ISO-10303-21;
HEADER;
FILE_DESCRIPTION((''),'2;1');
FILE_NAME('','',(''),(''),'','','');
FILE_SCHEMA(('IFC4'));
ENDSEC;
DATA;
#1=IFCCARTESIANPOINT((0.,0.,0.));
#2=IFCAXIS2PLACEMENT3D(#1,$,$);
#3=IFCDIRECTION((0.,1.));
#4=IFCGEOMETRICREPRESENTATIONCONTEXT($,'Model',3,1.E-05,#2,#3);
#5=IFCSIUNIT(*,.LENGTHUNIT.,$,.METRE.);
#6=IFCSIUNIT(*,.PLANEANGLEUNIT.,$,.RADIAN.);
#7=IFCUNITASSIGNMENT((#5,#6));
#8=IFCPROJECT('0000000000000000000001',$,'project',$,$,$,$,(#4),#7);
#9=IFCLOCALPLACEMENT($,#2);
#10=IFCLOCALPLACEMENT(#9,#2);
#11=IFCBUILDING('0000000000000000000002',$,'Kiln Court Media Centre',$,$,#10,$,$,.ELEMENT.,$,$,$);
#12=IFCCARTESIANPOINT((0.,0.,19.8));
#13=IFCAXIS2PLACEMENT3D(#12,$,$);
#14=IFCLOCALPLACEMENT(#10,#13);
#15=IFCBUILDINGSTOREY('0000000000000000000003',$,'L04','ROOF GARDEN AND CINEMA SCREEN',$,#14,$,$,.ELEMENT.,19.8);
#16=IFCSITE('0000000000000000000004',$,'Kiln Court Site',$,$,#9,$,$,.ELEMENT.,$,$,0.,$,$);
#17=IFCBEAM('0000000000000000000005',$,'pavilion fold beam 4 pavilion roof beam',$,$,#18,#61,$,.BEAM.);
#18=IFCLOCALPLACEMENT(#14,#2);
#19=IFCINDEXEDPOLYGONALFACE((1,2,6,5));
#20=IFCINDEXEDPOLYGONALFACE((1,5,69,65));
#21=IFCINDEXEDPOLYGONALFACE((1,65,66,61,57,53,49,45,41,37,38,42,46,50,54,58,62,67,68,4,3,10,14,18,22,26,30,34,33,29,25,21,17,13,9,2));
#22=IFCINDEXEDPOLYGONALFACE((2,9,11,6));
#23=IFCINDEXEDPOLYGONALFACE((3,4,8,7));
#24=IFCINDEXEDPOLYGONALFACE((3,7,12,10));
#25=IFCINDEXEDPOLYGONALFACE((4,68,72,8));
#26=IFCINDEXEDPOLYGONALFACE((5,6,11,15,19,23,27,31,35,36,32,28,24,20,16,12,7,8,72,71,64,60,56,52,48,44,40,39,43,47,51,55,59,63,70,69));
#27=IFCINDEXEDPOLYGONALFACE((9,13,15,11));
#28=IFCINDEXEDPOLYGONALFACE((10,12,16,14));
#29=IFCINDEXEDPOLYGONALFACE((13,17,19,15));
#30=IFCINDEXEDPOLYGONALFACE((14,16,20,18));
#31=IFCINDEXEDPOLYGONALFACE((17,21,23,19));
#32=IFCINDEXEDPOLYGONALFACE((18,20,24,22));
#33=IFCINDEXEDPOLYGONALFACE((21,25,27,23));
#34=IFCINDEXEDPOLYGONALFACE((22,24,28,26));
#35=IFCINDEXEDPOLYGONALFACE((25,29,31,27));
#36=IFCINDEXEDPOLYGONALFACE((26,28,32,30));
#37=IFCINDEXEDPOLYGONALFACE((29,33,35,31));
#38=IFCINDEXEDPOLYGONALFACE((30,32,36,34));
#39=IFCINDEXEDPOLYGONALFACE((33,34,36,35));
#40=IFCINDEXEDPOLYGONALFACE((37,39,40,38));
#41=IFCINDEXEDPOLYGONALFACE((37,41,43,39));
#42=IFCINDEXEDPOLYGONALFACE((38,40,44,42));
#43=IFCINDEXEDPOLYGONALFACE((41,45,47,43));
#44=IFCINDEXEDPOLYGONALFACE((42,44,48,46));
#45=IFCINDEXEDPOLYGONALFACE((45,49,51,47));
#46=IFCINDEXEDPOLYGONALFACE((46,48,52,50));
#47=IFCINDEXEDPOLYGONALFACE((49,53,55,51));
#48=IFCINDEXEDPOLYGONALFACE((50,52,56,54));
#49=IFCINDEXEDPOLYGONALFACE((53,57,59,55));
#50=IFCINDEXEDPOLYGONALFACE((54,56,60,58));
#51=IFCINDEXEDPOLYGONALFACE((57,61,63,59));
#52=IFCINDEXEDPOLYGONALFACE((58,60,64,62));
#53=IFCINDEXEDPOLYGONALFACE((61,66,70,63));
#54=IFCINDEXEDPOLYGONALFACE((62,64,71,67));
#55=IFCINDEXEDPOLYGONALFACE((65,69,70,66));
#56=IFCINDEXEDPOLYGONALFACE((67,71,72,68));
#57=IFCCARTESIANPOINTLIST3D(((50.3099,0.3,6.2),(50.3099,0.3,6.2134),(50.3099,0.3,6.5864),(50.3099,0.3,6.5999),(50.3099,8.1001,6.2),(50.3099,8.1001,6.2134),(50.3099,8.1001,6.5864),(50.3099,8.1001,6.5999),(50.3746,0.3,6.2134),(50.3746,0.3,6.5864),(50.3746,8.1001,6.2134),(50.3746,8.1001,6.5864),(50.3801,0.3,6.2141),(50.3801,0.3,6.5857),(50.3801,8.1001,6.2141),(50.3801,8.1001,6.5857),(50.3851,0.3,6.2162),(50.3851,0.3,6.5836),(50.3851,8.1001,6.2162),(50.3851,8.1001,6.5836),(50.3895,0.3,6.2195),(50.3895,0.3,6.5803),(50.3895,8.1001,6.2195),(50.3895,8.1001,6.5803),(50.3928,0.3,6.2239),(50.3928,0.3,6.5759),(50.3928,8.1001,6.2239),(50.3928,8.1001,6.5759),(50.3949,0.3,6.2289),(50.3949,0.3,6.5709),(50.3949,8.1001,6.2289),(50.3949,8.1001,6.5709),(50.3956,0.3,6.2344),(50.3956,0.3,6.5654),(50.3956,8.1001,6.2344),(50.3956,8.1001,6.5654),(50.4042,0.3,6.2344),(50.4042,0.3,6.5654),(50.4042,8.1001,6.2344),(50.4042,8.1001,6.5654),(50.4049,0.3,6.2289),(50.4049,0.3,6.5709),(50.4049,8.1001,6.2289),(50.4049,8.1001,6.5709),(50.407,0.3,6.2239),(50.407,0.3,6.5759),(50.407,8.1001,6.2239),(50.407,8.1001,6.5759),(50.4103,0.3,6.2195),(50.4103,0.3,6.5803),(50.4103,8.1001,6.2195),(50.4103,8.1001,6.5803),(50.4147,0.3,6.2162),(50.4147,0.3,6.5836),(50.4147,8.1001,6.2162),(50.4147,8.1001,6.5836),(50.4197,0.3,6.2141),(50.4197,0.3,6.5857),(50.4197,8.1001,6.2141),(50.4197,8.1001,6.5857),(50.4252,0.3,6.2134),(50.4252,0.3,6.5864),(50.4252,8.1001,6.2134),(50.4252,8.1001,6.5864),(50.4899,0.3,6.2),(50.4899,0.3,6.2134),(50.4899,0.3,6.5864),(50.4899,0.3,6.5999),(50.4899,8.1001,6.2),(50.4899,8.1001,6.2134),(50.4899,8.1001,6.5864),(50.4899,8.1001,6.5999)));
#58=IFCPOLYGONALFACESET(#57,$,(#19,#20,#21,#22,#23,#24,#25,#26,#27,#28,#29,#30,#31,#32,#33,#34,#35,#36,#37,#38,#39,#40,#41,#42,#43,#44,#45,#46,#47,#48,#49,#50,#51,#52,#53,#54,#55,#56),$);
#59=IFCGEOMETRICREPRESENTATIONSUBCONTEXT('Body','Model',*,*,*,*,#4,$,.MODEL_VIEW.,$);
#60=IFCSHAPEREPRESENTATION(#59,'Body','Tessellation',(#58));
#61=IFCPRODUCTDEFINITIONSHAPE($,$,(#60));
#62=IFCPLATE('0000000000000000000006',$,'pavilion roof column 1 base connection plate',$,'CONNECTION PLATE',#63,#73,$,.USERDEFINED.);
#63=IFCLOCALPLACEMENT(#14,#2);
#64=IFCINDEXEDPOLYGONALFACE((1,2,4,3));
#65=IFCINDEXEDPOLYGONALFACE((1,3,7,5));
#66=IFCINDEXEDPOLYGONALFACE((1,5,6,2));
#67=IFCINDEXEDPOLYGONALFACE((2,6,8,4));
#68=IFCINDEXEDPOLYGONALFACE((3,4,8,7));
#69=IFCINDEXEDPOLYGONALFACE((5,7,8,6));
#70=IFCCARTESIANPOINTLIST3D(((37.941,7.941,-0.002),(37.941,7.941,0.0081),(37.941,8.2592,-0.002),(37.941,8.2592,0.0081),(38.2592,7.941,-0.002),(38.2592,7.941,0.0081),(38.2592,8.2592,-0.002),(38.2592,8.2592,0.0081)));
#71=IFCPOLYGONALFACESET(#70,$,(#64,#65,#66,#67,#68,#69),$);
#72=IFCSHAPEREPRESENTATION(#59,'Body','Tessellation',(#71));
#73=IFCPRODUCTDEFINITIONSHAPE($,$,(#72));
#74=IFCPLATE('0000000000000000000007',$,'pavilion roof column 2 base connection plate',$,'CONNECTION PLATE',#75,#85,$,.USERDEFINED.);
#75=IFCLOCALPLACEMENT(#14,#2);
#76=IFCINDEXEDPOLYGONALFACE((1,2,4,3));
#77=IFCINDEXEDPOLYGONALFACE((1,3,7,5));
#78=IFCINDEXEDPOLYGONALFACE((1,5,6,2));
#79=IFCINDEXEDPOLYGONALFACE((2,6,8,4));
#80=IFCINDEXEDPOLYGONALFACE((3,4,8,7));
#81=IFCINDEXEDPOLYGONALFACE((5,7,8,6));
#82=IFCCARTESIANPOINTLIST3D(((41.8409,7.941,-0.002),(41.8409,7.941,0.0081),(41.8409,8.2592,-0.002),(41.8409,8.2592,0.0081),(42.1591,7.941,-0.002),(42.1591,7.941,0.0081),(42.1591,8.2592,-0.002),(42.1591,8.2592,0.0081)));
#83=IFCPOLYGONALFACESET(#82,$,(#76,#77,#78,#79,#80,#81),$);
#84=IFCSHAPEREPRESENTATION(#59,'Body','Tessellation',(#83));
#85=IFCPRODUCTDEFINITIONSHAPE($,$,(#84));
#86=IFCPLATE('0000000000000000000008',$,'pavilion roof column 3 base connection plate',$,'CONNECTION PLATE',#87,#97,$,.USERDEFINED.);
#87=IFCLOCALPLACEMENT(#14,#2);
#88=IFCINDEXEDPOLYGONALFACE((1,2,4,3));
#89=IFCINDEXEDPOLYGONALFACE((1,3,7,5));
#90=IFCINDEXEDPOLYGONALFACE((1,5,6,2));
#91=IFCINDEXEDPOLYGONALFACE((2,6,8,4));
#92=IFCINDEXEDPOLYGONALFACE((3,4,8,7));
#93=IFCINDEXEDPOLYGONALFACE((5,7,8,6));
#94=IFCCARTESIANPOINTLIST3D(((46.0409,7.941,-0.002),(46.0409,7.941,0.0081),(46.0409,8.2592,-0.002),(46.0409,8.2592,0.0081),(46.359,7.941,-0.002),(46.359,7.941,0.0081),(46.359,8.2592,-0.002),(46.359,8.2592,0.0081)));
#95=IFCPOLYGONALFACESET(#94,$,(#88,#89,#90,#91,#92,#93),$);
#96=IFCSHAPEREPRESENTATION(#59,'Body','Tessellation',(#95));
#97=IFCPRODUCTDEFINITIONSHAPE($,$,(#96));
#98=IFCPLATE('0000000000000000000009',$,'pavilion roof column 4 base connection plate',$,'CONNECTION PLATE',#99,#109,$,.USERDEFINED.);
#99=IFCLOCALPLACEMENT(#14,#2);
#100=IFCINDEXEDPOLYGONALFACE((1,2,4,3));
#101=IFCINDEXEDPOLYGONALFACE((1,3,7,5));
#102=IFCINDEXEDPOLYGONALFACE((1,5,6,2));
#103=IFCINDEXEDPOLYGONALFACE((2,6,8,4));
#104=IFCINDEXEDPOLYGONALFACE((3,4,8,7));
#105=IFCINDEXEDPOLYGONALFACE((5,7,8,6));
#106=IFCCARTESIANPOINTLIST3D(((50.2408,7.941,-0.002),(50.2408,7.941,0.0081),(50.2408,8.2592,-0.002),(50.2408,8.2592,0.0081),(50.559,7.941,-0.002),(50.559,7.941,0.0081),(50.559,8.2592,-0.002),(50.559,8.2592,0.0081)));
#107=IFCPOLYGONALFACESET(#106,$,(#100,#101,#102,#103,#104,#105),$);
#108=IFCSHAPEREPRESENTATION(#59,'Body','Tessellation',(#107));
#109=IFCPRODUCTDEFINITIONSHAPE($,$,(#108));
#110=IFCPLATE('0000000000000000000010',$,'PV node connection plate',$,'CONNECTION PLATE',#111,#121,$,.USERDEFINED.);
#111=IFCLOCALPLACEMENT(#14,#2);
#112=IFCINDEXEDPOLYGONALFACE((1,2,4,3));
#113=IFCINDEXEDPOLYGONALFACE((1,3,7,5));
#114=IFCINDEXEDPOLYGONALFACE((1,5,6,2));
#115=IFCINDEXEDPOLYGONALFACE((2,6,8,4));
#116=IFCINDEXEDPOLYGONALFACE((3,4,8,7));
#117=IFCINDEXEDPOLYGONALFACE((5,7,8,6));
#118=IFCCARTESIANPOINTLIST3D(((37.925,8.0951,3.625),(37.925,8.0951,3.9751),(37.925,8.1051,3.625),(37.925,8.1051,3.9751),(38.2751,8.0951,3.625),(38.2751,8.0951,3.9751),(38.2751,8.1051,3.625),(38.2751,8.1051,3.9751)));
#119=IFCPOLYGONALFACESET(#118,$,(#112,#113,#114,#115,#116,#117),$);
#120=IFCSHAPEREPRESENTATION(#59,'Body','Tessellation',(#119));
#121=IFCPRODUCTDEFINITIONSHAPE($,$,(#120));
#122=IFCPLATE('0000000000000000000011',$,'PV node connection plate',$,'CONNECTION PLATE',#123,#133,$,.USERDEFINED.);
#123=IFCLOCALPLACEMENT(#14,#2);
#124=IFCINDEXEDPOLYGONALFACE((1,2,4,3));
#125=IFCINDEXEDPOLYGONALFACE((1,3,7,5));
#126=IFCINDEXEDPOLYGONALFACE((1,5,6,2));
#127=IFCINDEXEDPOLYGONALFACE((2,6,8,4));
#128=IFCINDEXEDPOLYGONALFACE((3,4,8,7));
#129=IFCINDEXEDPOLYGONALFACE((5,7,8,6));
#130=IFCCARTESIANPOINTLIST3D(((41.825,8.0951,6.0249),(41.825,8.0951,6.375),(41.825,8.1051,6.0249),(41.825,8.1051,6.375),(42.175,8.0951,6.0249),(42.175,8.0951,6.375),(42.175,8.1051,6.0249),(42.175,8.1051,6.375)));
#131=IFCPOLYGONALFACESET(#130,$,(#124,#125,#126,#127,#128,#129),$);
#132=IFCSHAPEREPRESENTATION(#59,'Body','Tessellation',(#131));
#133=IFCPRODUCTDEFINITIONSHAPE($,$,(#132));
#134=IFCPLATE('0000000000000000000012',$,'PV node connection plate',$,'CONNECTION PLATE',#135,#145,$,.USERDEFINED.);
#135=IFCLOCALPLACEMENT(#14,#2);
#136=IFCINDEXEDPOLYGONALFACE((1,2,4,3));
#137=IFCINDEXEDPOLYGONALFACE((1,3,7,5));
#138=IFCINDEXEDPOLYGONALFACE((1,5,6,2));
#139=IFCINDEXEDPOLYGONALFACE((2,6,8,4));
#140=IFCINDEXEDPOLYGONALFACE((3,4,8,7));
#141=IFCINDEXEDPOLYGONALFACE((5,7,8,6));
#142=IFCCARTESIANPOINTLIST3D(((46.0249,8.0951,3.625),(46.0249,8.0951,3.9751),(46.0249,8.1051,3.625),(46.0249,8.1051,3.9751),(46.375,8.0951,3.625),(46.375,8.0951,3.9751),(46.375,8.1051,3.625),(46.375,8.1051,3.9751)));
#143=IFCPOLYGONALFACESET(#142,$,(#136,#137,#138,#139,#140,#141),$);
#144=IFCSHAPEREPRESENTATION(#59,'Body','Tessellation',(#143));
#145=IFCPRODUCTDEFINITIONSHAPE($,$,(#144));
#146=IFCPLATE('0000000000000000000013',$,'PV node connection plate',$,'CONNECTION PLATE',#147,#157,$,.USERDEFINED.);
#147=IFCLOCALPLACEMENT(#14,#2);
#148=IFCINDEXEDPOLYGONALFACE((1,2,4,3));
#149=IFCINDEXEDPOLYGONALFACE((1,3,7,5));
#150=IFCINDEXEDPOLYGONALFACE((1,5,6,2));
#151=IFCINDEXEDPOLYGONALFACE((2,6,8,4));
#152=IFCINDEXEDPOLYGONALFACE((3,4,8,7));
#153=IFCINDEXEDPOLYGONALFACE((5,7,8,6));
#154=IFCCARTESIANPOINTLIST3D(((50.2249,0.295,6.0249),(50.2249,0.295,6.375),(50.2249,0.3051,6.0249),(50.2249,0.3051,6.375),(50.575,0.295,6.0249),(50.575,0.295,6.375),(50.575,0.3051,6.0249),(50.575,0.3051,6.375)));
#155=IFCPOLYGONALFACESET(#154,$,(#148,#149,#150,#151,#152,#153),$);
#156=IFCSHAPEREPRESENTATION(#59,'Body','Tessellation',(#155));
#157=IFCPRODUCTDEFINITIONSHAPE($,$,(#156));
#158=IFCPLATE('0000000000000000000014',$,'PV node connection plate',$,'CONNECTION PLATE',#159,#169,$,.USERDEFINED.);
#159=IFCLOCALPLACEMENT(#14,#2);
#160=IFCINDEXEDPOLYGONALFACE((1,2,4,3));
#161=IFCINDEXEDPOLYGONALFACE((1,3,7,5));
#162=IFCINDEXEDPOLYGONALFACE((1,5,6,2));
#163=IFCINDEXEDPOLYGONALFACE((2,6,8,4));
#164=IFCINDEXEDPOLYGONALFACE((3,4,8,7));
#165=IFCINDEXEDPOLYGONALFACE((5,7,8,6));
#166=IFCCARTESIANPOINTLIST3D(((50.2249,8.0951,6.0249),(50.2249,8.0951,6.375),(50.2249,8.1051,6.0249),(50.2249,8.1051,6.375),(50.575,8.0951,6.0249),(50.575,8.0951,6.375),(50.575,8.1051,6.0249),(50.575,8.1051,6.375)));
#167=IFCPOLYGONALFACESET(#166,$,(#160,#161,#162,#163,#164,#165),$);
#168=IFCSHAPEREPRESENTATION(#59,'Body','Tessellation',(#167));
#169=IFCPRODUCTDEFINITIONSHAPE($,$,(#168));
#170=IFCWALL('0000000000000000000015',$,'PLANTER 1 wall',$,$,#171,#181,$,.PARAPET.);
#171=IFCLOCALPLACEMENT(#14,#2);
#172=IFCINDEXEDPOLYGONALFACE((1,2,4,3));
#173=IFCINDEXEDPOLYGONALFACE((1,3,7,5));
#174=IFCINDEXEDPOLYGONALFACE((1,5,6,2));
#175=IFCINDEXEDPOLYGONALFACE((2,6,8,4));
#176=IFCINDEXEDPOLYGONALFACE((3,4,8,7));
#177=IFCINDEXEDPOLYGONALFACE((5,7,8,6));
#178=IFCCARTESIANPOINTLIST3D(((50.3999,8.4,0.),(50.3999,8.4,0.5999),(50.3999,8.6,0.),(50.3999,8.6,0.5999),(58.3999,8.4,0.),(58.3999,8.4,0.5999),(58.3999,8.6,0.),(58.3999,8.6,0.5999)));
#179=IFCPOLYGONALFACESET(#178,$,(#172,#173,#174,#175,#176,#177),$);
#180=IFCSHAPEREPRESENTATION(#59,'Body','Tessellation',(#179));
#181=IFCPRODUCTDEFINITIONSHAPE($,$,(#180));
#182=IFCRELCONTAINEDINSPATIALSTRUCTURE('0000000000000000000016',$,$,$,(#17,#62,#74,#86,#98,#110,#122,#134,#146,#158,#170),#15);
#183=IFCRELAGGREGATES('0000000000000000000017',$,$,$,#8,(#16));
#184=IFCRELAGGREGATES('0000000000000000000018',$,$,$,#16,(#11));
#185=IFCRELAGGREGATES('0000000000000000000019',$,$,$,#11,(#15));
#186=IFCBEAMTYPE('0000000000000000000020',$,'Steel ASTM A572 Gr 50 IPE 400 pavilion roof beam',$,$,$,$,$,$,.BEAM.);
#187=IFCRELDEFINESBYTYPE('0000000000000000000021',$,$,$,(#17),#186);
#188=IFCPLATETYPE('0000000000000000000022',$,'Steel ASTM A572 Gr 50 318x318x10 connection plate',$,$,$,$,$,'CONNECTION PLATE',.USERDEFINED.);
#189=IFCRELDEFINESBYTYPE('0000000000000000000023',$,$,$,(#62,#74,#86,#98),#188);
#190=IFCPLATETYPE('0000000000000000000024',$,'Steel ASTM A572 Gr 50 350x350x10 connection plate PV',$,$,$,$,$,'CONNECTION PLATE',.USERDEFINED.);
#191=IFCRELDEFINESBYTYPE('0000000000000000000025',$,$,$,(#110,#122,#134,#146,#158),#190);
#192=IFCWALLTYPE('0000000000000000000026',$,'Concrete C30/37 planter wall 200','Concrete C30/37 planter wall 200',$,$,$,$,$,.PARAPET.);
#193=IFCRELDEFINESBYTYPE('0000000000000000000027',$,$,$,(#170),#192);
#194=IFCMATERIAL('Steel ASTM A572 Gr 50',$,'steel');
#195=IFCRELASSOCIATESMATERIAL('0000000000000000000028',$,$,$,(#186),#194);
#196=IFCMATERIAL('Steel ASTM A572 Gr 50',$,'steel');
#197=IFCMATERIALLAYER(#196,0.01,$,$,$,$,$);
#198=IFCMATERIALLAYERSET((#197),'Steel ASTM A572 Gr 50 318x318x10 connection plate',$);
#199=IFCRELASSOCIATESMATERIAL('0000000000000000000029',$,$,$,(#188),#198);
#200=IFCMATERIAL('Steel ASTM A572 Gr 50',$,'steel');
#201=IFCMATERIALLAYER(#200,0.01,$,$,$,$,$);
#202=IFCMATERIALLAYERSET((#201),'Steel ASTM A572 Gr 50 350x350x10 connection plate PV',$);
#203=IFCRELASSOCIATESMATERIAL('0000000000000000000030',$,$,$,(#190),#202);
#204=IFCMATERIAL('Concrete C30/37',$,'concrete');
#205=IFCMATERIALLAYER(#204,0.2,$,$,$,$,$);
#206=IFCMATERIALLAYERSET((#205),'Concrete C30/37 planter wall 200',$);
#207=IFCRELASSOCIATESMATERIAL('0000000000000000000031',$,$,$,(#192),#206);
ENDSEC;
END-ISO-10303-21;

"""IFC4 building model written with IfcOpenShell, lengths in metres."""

from ifc_helpers import new_model, si_unit, direction, frame, frame_2d, origin, origin_2d, place, context, subcontext, project, spatial, rectangle, i_section, extrude, material, layer, layer_set, material_profile, profile_set, type_object, element, save


model = new_model("IFC4")

# Units and contexts
model_context = context("Model", 3, precision=1e-05, world=origin(), true_north=direction((0.0, 1.0)))
body_context = subcontext(model_context, "Body", "Model", "MODEL_VIEW")
ifc_project = project(units=[si_unit("LENGTHUNIT", "METRE"), si_unit("PLANEANGLEUNIT", "RADIAN")], contexts=[model_context])

# Site, building, storey
site_placement = place(None, origin())
site = spatial("IfcSite", under=ifc_project, at=site_placement, Name="Kiln Court Site", CompositionType="ELEMENT", RefElevation=0.0)
building_placement = place(site_placement, origin())
building = spatial("IfcBuilding", under=site, at=building_placement, Name="Kiln Court Media Centre", CompositionType="ELEMENT")
storey_placement = place(building_placement, frame((0.0, 0.0, 19.8)))
storey = spatial("IfcBuildingStorey", under=building, at=storey_placement, Name="L04", Description="ROOF GARDEN AND CINEMA SCREEN", CompositionType="ELEMENT", Elevation=19.8)

# Beam
ifc_material_1 = material(Name="Steel ASTM A572 Gr 50", Category="steel")
ifc_material_profile_1 = material_profile(ifc_material_1, i_section(OverallWidth=0.1799, OverallDepth=0.3999, WebThickness=0.0085, FlangeThickness=0.0134, FilletRadius=0.021, at=origin_2d()), Name="IPE 400")
ifc_profile_set_1 = profile_set([ifc_material_profile_1], Name="Steel ASTM A572 Gr 50")
beam_type_1 = type_object("IfcBeamType", Name="Steel ASTM A572 Gr 50 IPE 400 pavilion roof beam", PredefinedType="BEAM", material=ifc_profile_set_1)
beam_1_placement = place(storey_placement, frame((50.3999, 0.3, 6.3999), z_axis=(0.0, 1.0, 0.0), x_axis=(-1.0, 0.0, 0.0)))
element("IfcBeam", 1, at=beam_1_placement, inside=storey, type_object=beam_type_1, Name="pavilion fold beam 4 pavilion roof beam", PredefinedType="BEAM", context=body_context, shape_type="SweptSolid", body=[
    extrude(i_section(OverallWidth=0.1799, OverallDepth=0.3999, WebThickness=0.0085, FlangeThickness=0.0134, FilletRadius=0.021, at=origin_2d()), origin(), (0.0, 0.0, 1.0), 7.8),
])

# Plates
ifc_material_2 = material(Name="Steel ASTM A572 Gr 50", Category="steel")
ifc_layer_1 = layer(ifc_material_2, 0.01)
ifc_layer_set_1 = layer_set([ifc_layer_1], Name="Steel ASTM A572 Gr 50 318x318x10 connection plate")
plate_type_1 = type_object("IfcPlateType", Name="Steel ASTM A572 Gr 50 318x318x10 connection plate", ElementType="CONNECTION PLATE", PredefinedType="USERDEFINED", material=ifc_layer_set_1)
for number, where, z_axis, x_axis, name in (
    (2, (38.1001, 8.1001, -0.002), (0.0, 0.0, 1.0), (1.0, 0.0, 0.0), "pavilion roof column 1 base connection plate"),
    (3, (42.0, 8.1001, -0.002), (0.0, 0.0, 1.0), (1.0, 0.0, 0.0), "pavilion roof column 2 base connection plate"),
    (4, (46.2, 8.1001, -0.002), (0.0, 0.0, 1.0), (1.0, 0.0, 0.0), "pavilion roof column 3 base connection plate"),
    (5, (50.3999, 8.1001, -0.002), (0.0, 0.0, 1.0), (1.0, 0.0, 0.0), "pavilion roof column 4 base connection plate"),
):
    element("IfcPlate", number, at=place(storey_placement, frame(where, z_axis=z_axis, x_axis=x_axis)), inside=storey, type_object=plate_type_1, Name=name, ObjectType="CONNECTION PLATE", PredefinedType="USERDEFINED", context=body_context, shape_type="SweptSolid", body=[
        extrude(rectangle(XDim=0.3181, YDim=0.3181, at=origin_2d()), origin(), (0.0, 0.0, 1.0), 0.01),
    ])
ifc_material_3 = material(Name="Steel ASTM A572 Gr 50", Category="steel")
ifc_layer_2 = layer(ifc_material_3, 0.01)
ifc_layer_set_2 = layer_set([ifc_layer_2], Name="Steel ASTM A572 Gr 50 350x350x10 connection plate PV")
plate_type_2 = type_object("IfcPlateType", Name="Steel ASTM A572 Gr 50 350x350x10 connection plate PV", ElementType="CONNECTION PLATE", PredefinedType="USERDEFINED", material=ifc_layer_set_2)
for number, where, z_axis, x_axis, name in (
    (6, (38.1001, 8.1001, 3.625), (0.0, 0.0, 1.0), (1.0, 0.0, 0.0), "PV node connection plate"),
    (7, (42.0, 8.1001, 6.0249), (0.0, 0.0, 1.0), (1.0, 0.0, 0.0), "PV node connection plate"),
    (8, (46.2, 8.1001, 3.625), (0.0, 0.0, 1.0), (1.0, 0.0, 0.0), "PV node connection plate"),
    (9, (50.3999, 0.3, 6.0249), (0.0, 0.0, 1.0), (1.0, 0.0, 0.0), "PV node connection plate"),
    (10, (50.3999, 8.1001, 6.0249), (0.0, 0.0, 1.0), (1.0, 0.0, 0.0), "PV node connection plate"),
):
    element("IfcPlate", number, at=place(storey_placement, frame(where, z_axis=z_axis, x_axis=x_axis)), inside=storey, type_object=plate_type_2, Name=name, ObjectType="CONNECTION PLATE", PredefinedType="USERDEFINED", context=body_context, shape_type="SweptSolid", body=[
        extrude(rectangle(XDim=0.3501, YDim=0.01, at=origin_2d()), origin(), (0.0, 0.0, 1.0), 0.3501),
    ])

# Wall
ifc_material_4 = material(Name="Concrete C30/37", Category="concrete")
ifc_layer_3 = layer(ifc_material_4, 0.2)
ifc_layer_set_3 = layer_set([ifc_layer_3], Name="Concrete C30/37 planter wall 200")
wall_type = type_object("IfcWallType", Name="Concrete C30/37 planter wall 200", Description="Concrete C30/37 planter wall 200", PredefinedType="PARAPET", material=ifc_layer_set_3)
wall_placement = place(storey_placement, frame((50.3999, 8.5, 0.0), z_axis=(0.0, 0.0, 1.0), x_axis=(1.0, 0.0, 0.0)))
element("IfcWall", 11, at=wall_placement, inside=storey, type_object=wall_type, Name="PLANTER 1 wall", PredefinedType="PARAPET", context=body_context, shape_type="SweptSolid", body=[
    extrude(rectangle(XDim=8.0, YDim=0.2, at=frame_2d((4.0, 0.0))), origin(), (0.0, 0.0, 1.0), 0.5999),
])

save(model, "model.ifc")
